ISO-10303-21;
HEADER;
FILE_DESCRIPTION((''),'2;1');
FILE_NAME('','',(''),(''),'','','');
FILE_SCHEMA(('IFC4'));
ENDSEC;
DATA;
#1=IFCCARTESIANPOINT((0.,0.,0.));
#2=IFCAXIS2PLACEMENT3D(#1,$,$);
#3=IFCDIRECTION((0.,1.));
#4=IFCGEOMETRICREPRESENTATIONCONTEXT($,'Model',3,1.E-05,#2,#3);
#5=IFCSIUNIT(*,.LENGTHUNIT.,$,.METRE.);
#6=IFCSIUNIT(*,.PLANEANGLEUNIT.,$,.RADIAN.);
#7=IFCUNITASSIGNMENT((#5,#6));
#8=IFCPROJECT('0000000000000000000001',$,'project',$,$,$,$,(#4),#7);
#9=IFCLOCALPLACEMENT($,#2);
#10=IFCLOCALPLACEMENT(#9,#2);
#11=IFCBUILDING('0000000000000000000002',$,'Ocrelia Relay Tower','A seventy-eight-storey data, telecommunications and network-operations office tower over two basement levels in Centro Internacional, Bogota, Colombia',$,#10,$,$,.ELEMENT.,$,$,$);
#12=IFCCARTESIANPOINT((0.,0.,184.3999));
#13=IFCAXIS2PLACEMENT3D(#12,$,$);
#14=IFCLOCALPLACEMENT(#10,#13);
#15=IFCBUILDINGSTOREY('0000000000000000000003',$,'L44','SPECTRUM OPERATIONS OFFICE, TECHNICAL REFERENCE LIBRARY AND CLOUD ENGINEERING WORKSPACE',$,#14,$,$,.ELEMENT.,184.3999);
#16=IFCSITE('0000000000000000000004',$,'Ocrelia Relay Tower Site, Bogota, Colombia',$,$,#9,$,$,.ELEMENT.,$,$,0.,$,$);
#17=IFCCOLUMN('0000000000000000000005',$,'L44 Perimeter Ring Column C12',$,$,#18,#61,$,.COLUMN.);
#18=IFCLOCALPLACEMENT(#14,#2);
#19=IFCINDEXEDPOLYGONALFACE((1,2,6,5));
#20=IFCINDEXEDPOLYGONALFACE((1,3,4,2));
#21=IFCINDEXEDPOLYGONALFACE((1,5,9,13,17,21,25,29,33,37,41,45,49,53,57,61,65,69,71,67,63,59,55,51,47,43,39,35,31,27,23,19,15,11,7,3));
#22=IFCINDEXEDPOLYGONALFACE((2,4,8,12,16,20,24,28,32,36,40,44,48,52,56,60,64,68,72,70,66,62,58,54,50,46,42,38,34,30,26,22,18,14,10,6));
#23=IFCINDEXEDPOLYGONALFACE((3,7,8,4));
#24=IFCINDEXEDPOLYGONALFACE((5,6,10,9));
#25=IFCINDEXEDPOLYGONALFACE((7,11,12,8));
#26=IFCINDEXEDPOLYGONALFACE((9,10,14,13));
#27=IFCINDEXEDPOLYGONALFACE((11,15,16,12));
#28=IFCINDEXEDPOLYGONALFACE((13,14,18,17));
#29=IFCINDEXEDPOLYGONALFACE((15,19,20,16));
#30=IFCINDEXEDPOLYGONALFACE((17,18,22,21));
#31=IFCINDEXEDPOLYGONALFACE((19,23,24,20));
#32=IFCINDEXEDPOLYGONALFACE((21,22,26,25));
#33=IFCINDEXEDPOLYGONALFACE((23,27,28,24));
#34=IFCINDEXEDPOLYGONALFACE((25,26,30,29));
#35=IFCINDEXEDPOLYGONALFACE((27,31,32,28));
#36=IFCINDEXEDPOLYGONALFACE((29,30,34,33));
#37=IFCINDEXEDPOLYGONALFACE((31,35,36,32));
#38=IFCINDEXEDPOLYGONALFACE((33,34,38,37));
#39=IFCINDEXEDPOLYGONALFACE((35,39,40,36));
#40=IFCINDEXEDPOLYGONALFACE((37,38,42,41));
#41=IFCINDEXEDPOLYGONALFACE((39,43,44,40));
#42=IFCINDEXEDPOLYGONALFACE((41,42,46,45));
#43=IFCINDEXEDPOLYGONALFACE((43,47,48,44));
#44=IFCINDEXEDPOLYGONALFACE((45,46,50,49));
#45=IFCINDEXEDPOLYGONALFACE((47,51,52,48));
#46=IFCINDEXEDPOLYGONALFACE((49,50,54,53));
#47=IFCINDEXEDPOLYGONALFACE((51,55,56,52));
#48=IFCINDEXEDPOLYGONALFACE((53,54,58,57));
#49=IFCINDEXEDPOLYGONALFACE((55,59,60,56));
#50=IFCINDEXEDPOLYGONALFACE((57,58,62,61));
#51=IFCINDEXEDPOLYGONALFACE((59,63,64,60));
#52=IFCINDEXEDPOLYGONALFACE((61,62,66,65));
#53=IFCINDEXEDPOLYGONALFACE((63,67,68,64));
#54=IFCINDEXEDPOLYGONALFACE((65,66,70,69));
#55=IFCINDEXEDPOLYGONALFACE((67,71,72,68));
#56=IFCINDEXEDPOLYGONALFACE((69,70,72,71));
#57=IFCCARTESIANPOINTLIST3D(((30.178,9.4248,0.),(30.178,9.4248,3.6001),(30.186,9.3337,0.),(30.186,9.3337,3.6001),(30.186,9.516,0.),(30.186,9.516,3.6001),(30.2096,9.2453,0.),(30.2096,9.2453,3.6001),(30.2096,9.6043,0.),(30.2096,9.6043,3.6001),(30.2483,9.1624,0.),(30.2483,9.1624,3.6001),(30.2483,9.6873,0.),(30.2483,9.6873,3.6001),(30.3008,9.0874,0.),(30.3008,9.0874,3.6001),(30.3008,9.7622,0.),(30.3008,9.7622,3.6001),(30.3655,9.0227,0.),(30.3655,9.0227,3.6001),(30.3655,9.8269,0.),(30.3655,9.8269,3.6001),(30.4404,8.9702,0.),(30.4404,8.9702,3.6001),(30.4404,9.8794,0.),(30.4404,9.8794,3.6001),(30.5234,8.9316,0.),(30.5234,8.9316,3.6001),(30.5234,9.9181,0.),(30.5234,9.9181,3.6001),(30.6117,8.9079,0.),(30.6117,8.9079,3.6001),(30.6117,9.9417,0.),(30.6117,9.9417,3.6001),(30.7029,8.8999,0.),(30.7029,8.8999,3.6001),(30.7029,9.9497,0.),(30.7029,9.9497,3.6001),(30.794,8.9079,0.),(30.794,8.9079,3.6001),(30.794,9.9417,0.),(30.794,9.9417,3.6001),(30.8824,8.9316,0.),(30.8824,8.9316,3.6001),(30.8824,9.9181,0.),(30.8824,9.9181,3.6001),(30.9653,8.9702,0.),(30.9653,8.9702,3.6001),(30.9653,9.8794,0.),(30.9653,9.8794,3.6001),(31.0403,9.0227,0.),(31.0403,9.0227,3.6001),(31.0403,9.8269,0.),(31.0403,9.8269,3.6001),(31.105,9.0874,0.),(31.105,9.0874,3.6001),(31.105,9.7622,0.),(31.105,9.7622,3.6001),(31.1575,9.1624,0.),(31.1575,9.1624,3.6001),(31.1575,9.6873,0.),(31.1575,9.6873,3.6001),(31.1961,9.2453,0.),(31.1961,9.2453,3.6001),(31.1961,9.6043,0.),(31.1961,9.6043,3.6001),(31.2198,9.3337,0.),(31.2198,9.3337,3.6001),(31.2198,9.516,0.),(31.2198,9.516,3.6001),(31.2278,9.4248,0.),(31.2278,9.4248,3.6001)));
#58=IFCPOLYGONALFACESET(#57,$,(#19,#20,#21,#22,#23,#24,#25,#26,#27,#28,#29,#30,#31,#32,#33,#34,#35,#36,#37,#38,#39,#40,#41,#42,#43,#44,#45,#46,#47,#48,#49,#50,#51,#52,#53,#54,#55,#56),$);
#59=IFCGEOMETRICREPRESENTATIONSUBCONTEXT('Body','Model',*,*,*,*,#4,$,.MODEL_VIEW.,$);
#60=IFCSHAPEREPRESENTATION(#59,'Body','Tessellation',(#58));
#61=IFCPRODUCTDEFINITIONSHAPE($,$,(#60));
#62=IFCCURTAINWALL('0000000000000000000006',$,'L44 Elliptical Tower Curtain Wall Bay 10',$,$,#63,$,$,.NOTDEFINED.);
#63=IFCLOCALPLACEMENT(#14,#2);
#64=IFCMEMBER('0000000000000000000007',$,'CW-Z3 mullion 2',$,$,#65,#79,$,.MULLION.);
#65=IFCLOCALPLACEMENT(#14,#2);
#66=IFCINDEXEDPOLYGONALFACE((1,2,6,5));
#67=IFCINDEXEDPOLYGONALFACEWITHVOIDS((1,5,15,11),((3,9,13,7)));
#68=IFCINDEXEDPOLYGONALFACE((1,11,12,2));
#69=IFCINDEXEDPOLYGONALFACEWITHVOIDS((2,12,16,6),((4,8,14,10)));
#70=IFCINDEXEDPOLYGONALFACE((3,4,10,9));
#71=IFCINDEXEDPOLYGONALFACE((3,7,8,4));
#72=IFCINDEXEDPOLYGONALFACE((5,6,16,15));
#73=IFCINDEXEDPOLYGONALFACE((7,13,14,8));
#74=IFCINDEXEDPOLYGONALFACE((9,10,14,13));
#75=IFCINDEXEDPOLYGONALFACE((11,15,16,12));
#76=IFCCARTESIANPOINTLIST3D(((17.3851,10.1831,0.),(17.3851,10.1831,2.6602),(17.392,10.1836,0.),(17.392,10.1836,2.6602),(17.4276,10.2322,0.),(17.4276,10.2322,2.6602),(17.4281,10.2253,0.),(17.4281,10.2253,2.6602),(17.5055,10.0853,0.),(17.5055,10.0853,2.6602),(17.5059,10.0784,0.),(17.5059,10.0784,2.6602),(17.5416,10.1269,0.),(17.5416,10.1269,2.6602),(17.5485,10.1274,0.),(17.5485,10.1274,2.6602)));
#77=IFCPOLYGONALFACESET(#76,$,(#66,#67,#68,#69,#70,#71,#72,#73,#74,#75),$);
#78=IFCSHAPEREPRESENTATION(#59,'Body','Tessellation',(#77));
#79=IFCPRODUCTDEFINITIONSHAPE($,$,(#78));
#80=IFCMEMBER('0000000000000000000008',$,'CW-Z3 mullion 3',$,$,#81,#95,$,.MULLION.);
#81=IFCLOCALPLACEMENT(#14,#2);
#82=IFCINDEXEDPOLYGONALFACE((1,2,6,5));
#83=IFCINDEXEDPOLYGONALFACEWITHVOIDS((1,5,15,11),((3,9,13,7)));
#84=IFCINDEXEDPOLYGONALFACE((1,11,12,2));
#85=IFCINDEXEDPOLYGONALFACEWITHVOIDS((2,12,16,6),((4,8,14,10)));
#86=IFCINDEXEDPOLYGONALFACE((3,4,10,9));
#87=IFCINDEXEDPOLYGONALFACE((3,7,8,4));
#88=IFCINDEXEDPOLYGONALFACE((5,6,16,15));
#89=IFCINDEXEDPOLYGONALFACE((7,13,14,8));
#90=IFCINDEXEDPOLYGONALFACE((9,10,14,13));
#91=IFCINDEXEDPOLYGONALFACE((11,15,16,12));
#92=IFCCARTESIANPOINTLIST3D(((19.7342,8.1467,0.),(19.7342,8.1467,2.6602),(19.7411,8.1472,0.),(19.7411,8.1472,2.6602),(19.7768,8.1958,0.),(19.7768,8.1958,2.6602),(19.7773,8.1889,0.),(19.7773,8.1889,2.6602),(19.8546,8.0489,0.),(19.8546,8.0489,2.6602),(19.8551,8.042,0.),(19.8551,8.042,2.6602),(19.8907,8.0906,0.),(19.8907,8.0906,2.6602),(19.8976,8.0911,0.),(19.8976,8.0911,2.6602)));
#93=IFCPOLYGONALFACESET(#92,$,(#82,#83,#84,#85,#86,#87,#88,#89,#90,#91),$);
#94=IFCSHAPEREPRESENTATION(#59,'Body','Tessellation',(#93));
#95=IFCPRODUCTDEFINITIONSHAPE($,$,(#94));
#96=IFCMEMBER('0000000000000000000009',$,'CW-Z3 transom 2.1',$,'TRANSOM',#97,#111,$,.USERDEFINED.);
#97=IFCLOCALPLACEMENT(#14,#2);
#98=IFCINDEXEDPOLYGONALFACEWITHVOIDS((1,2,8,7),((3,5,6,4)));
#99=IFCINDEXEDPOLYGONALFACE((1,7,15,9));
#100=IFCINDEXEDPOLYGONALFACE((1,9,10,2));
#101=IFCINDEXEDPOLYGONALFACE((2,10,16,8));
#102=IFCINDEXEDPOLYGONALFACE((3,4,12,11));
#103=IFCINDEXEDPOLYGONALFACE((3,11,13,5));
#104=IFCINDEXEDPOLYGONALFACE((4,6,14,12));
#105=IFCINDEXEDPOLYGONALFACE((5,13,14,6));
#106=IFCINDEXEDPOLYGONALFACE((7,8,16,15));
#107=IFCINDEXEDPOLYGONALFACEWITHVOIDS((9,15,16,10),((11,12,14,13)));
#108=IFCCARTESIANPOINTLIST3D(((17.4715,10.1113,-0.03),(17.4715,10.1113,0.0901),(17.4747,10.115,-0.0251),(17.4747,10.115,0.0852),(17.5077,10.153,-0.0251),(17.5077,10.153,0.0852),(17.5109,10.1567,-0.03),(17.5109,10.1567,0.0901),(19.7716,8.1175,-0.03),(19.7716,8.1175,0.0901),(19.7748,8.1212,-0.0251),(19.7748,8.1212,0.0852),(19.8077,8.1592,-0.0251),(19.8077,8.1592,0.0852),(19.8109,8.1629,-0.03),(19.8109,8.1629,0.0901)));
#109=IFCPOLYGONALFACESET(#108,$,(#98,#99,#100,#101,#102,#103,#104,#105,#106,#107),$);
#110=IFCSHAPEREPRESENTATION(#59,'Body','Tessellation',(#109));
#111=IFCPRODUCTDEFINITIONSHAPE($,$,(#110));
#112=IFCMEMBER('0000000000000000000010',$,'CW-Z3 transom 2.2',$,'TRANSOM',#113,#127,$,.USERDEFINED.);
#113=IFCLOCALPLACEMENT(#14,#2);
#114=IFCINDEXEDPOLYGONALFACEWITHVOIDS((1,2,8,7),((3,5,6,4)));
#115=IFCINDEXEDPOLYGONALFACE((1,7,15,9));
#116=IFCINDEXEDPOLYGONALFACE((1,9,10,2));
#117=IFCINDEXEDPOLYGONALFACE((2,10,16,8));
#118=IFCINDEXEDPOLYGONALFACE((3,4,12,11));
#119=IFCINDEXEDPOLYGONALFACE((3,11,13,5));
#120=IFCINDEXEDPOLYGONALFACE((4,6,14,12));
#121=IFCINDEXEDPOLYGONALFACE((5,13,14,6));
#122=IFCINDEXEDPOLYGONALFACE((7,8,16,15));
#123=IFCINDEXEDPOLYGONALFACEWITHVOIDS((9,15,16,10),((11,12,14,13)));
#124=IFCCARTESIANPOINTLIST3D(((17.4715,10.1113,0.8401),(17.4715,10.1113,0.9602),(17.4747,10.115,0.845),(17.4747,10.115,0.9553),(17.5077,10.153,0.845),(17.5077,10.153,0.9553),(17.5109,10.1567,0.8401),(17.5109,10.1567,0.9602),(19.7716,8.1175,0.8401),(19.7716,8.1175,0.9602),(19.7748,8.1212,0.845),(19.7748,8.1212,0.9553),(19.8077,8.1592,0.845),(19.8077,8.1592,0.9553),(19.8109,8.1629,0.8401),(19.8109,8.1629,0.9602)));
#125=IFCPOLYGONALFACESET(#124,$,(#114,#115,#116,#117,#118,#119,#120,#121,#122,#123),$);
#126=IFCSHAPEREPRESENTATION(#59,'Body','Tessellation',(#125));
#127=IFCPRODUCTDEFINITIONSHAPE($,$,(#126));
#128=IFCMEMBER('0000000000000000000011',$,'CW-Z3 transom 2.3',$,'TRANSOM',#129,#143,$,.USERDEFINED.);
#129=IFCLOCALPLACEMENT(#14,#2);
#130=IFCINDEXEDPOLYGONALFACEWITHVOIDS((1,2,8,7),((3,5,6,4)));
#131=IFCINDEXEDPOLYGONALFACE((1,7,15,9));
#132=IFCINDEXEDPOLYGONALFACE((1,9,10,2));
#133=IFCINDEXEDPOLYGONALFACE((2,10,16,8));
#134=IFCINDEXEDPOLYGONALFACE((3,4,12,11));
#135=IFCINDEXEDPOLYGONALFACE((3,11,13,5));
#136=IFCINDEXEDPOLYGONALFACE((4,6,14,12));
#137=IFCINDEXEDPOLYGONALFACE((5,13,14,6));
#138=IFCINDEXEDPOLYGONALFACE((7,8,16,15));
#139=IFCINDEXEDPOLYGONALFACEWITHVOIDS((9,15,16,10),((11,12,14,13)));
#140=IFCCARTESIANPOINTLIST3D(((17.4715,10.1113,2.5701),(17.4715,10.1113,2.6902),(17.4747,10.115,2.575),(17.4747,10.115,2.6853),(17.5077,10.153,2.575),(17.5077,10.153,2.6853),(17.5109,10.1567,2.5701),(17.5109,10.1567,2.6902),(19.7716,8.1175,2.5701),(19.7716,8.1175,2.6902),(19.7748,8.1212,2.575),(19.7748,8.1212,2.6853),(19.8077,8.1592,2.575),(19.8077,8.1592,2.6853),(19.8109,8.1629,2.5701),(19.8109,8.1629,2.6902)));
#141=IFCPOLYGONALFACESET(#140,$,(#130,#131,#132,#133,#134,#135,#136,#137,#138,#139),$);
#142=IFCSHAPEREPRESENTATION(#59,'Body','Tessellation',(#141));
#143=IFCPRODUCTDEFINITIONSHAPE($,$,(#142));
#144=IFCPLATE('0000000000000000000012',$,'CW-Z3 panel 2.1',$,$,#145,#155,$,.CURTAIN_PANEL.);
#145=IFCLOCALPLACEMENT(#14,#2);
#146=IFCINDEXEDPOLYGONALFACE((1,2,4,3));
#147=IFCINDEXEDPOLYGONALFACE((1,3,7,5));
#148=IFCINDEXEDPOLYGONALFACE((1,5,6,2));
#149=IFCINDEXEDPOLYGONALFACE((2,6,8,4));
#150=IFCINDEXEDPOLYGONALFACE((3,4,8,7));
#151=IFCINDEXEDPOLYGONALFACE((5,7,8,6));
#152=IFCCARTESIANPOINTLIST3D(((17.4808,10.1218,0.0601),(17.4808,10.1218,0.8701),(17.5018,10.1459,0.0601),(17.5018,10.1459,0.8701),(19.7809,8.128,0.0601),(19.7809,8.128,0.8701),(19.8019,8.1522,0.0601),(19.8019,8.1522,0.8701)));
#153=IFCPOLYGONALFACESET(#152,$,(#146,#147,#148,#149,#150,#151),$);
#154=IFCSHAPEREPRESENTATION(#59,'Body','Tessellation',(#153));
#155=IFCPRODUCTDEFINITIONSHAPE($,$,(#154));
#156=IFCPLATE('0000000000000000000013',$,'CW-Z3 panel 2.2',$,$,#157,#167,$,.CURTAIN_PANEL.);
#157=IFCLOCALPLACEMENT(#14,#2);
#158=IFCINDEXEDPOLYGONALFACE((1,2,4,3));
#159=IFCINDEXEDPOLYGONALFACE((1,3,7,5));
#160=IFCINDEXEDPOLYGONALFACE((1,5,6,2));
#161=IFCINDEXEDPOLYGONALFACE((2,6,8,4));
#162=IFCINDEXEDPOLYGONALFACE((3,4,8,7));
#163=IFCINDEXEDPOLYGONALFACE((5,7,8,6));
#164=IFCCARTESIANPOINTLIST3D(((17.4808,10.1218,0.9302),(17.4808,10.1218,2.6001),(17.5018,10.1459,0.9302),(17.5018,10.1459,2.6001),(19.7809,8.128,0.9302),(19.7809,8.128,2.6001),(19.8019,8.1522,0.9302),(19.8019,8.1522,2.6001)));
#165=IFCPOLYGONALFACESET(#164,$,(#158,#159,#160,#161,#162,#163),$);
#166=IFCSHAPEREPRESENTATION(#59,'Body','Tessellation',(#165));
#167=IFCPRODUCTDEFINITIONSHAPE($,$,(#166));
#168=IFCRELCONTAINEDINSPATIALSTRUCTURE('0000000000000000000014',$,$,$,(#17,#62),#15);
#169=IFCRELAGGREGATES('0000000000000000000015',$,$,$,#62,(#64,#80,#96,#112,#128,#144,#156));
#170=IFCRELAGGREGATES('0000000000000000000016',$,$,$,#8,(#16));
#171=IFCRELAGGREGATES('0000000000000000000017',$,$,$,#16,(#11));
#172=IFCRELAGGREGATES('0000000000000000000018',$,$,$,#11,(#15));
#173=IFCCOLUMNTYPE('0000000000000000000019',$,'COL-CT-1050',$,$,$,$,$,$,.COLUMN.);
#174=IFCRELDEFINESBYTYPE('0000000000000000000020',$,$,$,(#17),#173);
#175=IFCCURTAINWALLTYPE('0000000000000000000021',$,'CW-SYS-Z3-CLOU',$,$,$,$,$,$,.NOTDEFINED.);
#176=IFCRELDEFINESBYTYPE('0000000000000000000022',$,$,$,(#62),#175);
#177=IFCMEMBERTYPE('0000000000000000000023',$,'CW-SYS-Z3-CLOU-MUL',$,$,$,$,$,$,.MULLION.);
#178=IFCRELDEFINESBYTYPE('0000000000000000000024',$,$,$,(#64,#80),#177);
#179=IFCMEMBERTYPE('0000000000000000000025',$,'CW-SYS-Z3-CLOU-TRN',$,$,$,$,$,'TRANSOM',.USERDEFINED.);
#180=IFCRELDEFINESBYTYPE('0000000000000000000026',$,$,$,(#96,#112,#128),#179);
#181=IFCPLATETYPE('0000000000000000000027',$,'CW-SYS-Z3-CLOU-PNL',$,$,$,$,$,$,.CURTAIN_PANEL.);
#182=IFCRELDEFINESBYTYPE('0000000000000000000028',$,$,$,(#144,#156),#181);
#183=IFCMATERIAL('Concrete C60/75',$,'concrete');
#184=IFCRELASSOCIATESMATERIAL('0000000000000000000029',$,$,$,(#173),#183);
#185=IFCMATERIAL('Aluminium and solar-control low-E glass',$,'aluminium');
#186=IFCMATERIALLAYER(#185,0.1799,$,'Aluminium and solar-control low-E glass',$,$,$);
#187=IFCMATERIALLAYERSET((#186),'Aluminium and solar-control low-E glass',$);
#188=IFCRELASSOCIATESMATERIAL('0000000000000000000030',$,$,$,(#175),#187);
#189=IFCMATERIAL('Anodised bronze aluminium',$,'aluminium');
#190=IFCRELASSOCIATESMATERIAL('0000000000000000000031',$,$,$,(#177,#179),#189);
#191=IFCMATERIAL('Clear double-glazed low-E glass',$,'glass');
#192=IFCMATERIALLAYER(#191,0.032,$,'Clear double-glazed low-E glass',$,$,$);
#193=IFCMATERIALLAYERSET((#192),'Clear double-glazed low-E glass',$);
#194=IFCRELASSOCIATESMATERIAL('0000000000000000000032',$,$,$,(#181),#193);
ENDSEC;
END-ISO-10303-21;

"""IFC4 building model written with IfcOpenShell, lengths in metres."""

from ifc_helpers import new_model, si_unit, direction, frame, origin, origin_2d, place, context, subcontext, project, spatial, rectangle, hollow_rectangle, circle, extrude, material, layer, layer_set, material_profile, profile_set, type_object, element, aggregate, save


model = new_model("IFC4")

# Units and contexts
model_context = context("Model", 3, precision=1e-05, world=origin(), true_north=direction((0.0, 1.0)))
body_context = subcontext(model_context, "Body", "Model", "MODEL_VIEW")
ifc_project = project(units=[si_unit("LENGTHUNIT", "METRE"), si_unit("PLANEANGLEUNIT", "RADIAN")], contexts=[model_context])

# Site, building, storey
site_placement = place(None, origin())
site = spatial("IfcSite", under=ifc_project, at=site_placement, Name="Ocrelia Relay Tower Site, Bogota, Colombia", CompositionType="ELEMENT", RefElevation=0.0)
building_placement = place(site_placement, origin())
building = spatial("IfcBuilding", under=site, at=building_placement, Name="Ocrelia Relay Tower", Description="A seventy-eight-storey data, telecommunications and network-operations office tower over two basement levels in Centro Internacional, Bogota, Colombia", CompositionType="ELEMENT")
storey_placement = place(building_placement, frame((0.0, 0.0, 184.3999)))
storey = spatial("IfcBuildingStorey", under=building, at=storey_placement, Name="L44", Description="SPECTRUM OPERATIONS OFFICE, TECHNICAL REFERENCE LIBRARY AND CLOUD ENGINEERING WORKSPACE", CompositionType="ELEMENT", Elevation=184.3999)

# Column
ifc_material_1 = material(Name="Concrete C60/75", Category="concrete")
ifc_material_profile_1 = material_profile(ifc_material_1, circle(Radius=0.5249, at=origin_2d()), Name="RC-CIR-1050")
ifc_profile_set_1 = profile_set([ifc_material_profile_1], Name="Concrete C60/75")
column_type = type_object("IfcColumnType", Name="COL-CT-1050", PredefinedType="COLUMN", material=ifc_profile_set_1)
column_placement = place(storey_placement, frame((30.7029, 9.4248, 0.0), z_axis=(0.0, 0.0, 1.0), x_axis=(1.0, 0.0, 0.0)))
element("IfcColumn", 1, at=column_placement, inside=storey, type_object=column_type, Name="L44 Perimeter Ring Column C12", PredefinedType="COLUMN", context=body_context, shape_type="SweptSolid", body=[
    extrude(circle(Radius=0.5249, at=origin_2d()), origin(), (0.0, 0.0, 1.0), 3.6001),
])

# Curtain wall, members, plates
ifc_material_2 = material(Name="Aluminium and solar-control low-E glass", Category="aluminium")
ifc_layer_1 = layer(ifc_material_2, 0.1799, Name="Aluminium and solar-control low-E glass")
ifc_layer_set_1 = layer_set([ifc_layer_1], Name="Aluminium and solar-control low-E glass")
curtain_wall_type = type_object("IfcCurtainWallType", Name="CW-SYS-Z3-CLOU", PredefinedType="NOTDEFINED", material=ifc_layer_set_1)
curtain_wall_placement = place(storey_placement, origin())
curtain_wall = element("IfcCurtainWall", 2, at=curtain_wall_placement, inside=storey, type_object=curtain_wall_type, Name="L44 Elliptical Tower Curtain Wall Bay 10", PredefinedType="NOTDEFINED")
ifc_material_3 = material(Name="Anodised bronze aluminium", Category="aluminium")
ifc_material_profile_2 = material_profile(ifc_material_3, hollow_rectangle(XDim=0.0649, YDim=0.1599, WallThickness=0.0049, at=origin_2d()), Name="CW-MUL-160x65")
ifc_profile_set_2 = profile_set([ifc_material_profile_2], Name="Anodised bronze aluminium")
member_type_1 = type_object("IfcMemberType", Name="CW-SYS-Z3-CLOU-MUL", PredefinedType="MULLION", material=ifc_profile_set_2)
member_1_placement = place(storey_placement, frame((17.4668, 10.1553, 0.0), z_axis=(0.0, 0.0, 1.0), x_axis=(0.655002, 0.755627, 0.0)))
member_1 = element("IfcMember", 3, at=member_1_placement, type_object=member_type_1, Name="CW-Z3 mullion 2", PredefinedType="MULLION", context=body_context, shape_type="SweptSolid", body=[
    extrude(hollow_rectangle(XDim=0.0649, YDim=0.1599, WallThickness=0.0049, at=origin_2d()), origin(), (0.0, 0.0, 1.0), 2.6602),
])
member_2_placement = place(storey_placement, frame((19.8159, 8.1189, 0.0), z_axis=(0.0, 0.0, 1.0), x_axis=(0.655002, 0.755627, 0.0)))
member_2 = element("IfcMember", 4, at=member_2_placement, type_object=member_type_1, Name="CW-Z3 mullion 3", PredefinedType="MULLION", context=body_context, shape_type="SweptSolid", body=[
    extrude(hollow_rectangle(XDim=0.0649, YDim=0.1599, WallThickness=0.0049, at=origin_2d()), origin(), (0.0, 0.0, 1.0), 2.6602),
])
ifc_material_profile_3 = material_profile(ifc_material_3, hollow_rectangle(XDim=0.0601, YDim=0.1201, WallThickness=0.0049, at=origin_2d()), Name="CW-TRN-120x60")
ifc_profile_set_3 = profile_set([ifc_material_profile_3], Name="Anodised bronze aluminium")
member_type_2 = type_object("IfcMemberType", Name="CW-SYS-Z3-CLOU-TRN", ElementType="TRANSOM", PredefinedType="USERDEFINED", material=ifc_profile_set_3)
member_3_placement = place(storey_placement, frame((17.4912, 10.134, 0.03), z_axis=(0.755604, -0.655028, 0.0), x_axis=(0.655028, 0.755604, 0.0)))
member_3 = element("IfcMember", 5, at=member_3_placement, type_object=member_type_2, Name="CW-Z3 transom 2.1", ObjectType="TRANSOM", PredefinedType="USERDEFINED", context=body_context, shape_type="SweptSolid", body=[
    extrude(hollow_rectangle(XDim=0.0601, YDim=0.1201, WallThickness=0.0049, at=origin_2d()), origin(), (0.0, 0.0, 1.0), 3.0439),
])
member_4_placement = place(storey_placement, frame((17.4912, 10.134, 0.9001), z_axis=(0.755604, -0.655028, 0.0), x_axis=(0.655028, 0.755604, 0.0)))
member_4 = element("IfcMember", 6, at=member_4_placement, type_object=member_type_2, Name="CW-Z3 transom 2.2", ObjectType="TRANSOM", PredefinedType="USERDEFINED", context=body_context, shape_type="SweptSolid", body=[
    extrude(hollow_rectangle(XDim=0.0601, YDim=0.1201, WallThickness=0.0049, at=origin_2d()), origin(), (0.0, 0.0, 1.0), 3.0439),
])
member_5_placement = place(storey_placement, frame((17.4912, 10.134, 2.6301), z_axis=(0.755604, -0.655028, 0.0), x_axis=(0.655028, 0.755604, 0.0)))
member_5 = element("IfcMember", 7, at=member_5_placement, type_object=member_type_2, Name="CW-Z3 transom 2.3", ObjectType="TRANSOM", PredefinedType="USERDEFINED", context=body_context, shape_type="SweptSolid", body=[
    extrude(hollow_rectangle(XDim=0.0601, YDim=0.1201, WallThickness=0.0049, at=origin_2d()), origin(), (0.0, 0.0, 1.0), 3.0439),
])
ifc_material_4 = material(Name="Clear double-glazed low-E glass", Category="glass")
ifc_layer_2 = layer(ifc_material_4, 0.032, Name="Clear double-glazed low-E glass")
ifc_layer_set_2 = layer_set([ifc_layer_2], Name="Clear double-glazed low-E glass")
plate_type = type_object("IfcPlateType", Name="CW-SYS-Z3-CLOU-PNL", PredefinedType="CURTAIN_PANEL", material=ifc_layer_set_2)
plate_1_placement = place(storey_placement, frame((18.6414, 9.137, 0.0601), z_axis=(0.0, 0.0, 1.0), x_axis=(0.755627, -0.655002, 0.0)))
plate_1 = element("IfcPlate", 8, at=plate_1_placement, type_object=plate_type, Name="CW-Z3 panel 2.1", PredefinedType="CURTAIN_PANEL", context=body_context, shape_type="SweptSolid", body=[
    extrude(rectangle(XDim=3.0439, YDim=0.032, at=origin_2d()), origin(), (0.0, 0.0, 1.0), 0.8101),
])
plate_2_placement = place(storey_placement, frame((18.6414, 9.137, 0.9302), z_axis=(0.0, 0.0, 1.0), x_axis=(0.755627, -0.655002, 0.0)))
plate_2 = element("IfcPlate", 9, at=plate_2_placement, type_object=plate_type, Name="CW-Z3 panel 2.2", PredefinedType="CURTAIN_PANEL", context=body_context, shape_type="SweptSolid", body=[
    extrude(rectangle(XDim=3.0439, YDim=0.032, at=origin_2d()), origin(), (0.0, 0.0, 1.0), 1.6699),
])
aggregate(curtain_wall, [member_1, member_2, member_3, member_4, member_5, plate_1, plate_2])

save(model, "model.ifc")
